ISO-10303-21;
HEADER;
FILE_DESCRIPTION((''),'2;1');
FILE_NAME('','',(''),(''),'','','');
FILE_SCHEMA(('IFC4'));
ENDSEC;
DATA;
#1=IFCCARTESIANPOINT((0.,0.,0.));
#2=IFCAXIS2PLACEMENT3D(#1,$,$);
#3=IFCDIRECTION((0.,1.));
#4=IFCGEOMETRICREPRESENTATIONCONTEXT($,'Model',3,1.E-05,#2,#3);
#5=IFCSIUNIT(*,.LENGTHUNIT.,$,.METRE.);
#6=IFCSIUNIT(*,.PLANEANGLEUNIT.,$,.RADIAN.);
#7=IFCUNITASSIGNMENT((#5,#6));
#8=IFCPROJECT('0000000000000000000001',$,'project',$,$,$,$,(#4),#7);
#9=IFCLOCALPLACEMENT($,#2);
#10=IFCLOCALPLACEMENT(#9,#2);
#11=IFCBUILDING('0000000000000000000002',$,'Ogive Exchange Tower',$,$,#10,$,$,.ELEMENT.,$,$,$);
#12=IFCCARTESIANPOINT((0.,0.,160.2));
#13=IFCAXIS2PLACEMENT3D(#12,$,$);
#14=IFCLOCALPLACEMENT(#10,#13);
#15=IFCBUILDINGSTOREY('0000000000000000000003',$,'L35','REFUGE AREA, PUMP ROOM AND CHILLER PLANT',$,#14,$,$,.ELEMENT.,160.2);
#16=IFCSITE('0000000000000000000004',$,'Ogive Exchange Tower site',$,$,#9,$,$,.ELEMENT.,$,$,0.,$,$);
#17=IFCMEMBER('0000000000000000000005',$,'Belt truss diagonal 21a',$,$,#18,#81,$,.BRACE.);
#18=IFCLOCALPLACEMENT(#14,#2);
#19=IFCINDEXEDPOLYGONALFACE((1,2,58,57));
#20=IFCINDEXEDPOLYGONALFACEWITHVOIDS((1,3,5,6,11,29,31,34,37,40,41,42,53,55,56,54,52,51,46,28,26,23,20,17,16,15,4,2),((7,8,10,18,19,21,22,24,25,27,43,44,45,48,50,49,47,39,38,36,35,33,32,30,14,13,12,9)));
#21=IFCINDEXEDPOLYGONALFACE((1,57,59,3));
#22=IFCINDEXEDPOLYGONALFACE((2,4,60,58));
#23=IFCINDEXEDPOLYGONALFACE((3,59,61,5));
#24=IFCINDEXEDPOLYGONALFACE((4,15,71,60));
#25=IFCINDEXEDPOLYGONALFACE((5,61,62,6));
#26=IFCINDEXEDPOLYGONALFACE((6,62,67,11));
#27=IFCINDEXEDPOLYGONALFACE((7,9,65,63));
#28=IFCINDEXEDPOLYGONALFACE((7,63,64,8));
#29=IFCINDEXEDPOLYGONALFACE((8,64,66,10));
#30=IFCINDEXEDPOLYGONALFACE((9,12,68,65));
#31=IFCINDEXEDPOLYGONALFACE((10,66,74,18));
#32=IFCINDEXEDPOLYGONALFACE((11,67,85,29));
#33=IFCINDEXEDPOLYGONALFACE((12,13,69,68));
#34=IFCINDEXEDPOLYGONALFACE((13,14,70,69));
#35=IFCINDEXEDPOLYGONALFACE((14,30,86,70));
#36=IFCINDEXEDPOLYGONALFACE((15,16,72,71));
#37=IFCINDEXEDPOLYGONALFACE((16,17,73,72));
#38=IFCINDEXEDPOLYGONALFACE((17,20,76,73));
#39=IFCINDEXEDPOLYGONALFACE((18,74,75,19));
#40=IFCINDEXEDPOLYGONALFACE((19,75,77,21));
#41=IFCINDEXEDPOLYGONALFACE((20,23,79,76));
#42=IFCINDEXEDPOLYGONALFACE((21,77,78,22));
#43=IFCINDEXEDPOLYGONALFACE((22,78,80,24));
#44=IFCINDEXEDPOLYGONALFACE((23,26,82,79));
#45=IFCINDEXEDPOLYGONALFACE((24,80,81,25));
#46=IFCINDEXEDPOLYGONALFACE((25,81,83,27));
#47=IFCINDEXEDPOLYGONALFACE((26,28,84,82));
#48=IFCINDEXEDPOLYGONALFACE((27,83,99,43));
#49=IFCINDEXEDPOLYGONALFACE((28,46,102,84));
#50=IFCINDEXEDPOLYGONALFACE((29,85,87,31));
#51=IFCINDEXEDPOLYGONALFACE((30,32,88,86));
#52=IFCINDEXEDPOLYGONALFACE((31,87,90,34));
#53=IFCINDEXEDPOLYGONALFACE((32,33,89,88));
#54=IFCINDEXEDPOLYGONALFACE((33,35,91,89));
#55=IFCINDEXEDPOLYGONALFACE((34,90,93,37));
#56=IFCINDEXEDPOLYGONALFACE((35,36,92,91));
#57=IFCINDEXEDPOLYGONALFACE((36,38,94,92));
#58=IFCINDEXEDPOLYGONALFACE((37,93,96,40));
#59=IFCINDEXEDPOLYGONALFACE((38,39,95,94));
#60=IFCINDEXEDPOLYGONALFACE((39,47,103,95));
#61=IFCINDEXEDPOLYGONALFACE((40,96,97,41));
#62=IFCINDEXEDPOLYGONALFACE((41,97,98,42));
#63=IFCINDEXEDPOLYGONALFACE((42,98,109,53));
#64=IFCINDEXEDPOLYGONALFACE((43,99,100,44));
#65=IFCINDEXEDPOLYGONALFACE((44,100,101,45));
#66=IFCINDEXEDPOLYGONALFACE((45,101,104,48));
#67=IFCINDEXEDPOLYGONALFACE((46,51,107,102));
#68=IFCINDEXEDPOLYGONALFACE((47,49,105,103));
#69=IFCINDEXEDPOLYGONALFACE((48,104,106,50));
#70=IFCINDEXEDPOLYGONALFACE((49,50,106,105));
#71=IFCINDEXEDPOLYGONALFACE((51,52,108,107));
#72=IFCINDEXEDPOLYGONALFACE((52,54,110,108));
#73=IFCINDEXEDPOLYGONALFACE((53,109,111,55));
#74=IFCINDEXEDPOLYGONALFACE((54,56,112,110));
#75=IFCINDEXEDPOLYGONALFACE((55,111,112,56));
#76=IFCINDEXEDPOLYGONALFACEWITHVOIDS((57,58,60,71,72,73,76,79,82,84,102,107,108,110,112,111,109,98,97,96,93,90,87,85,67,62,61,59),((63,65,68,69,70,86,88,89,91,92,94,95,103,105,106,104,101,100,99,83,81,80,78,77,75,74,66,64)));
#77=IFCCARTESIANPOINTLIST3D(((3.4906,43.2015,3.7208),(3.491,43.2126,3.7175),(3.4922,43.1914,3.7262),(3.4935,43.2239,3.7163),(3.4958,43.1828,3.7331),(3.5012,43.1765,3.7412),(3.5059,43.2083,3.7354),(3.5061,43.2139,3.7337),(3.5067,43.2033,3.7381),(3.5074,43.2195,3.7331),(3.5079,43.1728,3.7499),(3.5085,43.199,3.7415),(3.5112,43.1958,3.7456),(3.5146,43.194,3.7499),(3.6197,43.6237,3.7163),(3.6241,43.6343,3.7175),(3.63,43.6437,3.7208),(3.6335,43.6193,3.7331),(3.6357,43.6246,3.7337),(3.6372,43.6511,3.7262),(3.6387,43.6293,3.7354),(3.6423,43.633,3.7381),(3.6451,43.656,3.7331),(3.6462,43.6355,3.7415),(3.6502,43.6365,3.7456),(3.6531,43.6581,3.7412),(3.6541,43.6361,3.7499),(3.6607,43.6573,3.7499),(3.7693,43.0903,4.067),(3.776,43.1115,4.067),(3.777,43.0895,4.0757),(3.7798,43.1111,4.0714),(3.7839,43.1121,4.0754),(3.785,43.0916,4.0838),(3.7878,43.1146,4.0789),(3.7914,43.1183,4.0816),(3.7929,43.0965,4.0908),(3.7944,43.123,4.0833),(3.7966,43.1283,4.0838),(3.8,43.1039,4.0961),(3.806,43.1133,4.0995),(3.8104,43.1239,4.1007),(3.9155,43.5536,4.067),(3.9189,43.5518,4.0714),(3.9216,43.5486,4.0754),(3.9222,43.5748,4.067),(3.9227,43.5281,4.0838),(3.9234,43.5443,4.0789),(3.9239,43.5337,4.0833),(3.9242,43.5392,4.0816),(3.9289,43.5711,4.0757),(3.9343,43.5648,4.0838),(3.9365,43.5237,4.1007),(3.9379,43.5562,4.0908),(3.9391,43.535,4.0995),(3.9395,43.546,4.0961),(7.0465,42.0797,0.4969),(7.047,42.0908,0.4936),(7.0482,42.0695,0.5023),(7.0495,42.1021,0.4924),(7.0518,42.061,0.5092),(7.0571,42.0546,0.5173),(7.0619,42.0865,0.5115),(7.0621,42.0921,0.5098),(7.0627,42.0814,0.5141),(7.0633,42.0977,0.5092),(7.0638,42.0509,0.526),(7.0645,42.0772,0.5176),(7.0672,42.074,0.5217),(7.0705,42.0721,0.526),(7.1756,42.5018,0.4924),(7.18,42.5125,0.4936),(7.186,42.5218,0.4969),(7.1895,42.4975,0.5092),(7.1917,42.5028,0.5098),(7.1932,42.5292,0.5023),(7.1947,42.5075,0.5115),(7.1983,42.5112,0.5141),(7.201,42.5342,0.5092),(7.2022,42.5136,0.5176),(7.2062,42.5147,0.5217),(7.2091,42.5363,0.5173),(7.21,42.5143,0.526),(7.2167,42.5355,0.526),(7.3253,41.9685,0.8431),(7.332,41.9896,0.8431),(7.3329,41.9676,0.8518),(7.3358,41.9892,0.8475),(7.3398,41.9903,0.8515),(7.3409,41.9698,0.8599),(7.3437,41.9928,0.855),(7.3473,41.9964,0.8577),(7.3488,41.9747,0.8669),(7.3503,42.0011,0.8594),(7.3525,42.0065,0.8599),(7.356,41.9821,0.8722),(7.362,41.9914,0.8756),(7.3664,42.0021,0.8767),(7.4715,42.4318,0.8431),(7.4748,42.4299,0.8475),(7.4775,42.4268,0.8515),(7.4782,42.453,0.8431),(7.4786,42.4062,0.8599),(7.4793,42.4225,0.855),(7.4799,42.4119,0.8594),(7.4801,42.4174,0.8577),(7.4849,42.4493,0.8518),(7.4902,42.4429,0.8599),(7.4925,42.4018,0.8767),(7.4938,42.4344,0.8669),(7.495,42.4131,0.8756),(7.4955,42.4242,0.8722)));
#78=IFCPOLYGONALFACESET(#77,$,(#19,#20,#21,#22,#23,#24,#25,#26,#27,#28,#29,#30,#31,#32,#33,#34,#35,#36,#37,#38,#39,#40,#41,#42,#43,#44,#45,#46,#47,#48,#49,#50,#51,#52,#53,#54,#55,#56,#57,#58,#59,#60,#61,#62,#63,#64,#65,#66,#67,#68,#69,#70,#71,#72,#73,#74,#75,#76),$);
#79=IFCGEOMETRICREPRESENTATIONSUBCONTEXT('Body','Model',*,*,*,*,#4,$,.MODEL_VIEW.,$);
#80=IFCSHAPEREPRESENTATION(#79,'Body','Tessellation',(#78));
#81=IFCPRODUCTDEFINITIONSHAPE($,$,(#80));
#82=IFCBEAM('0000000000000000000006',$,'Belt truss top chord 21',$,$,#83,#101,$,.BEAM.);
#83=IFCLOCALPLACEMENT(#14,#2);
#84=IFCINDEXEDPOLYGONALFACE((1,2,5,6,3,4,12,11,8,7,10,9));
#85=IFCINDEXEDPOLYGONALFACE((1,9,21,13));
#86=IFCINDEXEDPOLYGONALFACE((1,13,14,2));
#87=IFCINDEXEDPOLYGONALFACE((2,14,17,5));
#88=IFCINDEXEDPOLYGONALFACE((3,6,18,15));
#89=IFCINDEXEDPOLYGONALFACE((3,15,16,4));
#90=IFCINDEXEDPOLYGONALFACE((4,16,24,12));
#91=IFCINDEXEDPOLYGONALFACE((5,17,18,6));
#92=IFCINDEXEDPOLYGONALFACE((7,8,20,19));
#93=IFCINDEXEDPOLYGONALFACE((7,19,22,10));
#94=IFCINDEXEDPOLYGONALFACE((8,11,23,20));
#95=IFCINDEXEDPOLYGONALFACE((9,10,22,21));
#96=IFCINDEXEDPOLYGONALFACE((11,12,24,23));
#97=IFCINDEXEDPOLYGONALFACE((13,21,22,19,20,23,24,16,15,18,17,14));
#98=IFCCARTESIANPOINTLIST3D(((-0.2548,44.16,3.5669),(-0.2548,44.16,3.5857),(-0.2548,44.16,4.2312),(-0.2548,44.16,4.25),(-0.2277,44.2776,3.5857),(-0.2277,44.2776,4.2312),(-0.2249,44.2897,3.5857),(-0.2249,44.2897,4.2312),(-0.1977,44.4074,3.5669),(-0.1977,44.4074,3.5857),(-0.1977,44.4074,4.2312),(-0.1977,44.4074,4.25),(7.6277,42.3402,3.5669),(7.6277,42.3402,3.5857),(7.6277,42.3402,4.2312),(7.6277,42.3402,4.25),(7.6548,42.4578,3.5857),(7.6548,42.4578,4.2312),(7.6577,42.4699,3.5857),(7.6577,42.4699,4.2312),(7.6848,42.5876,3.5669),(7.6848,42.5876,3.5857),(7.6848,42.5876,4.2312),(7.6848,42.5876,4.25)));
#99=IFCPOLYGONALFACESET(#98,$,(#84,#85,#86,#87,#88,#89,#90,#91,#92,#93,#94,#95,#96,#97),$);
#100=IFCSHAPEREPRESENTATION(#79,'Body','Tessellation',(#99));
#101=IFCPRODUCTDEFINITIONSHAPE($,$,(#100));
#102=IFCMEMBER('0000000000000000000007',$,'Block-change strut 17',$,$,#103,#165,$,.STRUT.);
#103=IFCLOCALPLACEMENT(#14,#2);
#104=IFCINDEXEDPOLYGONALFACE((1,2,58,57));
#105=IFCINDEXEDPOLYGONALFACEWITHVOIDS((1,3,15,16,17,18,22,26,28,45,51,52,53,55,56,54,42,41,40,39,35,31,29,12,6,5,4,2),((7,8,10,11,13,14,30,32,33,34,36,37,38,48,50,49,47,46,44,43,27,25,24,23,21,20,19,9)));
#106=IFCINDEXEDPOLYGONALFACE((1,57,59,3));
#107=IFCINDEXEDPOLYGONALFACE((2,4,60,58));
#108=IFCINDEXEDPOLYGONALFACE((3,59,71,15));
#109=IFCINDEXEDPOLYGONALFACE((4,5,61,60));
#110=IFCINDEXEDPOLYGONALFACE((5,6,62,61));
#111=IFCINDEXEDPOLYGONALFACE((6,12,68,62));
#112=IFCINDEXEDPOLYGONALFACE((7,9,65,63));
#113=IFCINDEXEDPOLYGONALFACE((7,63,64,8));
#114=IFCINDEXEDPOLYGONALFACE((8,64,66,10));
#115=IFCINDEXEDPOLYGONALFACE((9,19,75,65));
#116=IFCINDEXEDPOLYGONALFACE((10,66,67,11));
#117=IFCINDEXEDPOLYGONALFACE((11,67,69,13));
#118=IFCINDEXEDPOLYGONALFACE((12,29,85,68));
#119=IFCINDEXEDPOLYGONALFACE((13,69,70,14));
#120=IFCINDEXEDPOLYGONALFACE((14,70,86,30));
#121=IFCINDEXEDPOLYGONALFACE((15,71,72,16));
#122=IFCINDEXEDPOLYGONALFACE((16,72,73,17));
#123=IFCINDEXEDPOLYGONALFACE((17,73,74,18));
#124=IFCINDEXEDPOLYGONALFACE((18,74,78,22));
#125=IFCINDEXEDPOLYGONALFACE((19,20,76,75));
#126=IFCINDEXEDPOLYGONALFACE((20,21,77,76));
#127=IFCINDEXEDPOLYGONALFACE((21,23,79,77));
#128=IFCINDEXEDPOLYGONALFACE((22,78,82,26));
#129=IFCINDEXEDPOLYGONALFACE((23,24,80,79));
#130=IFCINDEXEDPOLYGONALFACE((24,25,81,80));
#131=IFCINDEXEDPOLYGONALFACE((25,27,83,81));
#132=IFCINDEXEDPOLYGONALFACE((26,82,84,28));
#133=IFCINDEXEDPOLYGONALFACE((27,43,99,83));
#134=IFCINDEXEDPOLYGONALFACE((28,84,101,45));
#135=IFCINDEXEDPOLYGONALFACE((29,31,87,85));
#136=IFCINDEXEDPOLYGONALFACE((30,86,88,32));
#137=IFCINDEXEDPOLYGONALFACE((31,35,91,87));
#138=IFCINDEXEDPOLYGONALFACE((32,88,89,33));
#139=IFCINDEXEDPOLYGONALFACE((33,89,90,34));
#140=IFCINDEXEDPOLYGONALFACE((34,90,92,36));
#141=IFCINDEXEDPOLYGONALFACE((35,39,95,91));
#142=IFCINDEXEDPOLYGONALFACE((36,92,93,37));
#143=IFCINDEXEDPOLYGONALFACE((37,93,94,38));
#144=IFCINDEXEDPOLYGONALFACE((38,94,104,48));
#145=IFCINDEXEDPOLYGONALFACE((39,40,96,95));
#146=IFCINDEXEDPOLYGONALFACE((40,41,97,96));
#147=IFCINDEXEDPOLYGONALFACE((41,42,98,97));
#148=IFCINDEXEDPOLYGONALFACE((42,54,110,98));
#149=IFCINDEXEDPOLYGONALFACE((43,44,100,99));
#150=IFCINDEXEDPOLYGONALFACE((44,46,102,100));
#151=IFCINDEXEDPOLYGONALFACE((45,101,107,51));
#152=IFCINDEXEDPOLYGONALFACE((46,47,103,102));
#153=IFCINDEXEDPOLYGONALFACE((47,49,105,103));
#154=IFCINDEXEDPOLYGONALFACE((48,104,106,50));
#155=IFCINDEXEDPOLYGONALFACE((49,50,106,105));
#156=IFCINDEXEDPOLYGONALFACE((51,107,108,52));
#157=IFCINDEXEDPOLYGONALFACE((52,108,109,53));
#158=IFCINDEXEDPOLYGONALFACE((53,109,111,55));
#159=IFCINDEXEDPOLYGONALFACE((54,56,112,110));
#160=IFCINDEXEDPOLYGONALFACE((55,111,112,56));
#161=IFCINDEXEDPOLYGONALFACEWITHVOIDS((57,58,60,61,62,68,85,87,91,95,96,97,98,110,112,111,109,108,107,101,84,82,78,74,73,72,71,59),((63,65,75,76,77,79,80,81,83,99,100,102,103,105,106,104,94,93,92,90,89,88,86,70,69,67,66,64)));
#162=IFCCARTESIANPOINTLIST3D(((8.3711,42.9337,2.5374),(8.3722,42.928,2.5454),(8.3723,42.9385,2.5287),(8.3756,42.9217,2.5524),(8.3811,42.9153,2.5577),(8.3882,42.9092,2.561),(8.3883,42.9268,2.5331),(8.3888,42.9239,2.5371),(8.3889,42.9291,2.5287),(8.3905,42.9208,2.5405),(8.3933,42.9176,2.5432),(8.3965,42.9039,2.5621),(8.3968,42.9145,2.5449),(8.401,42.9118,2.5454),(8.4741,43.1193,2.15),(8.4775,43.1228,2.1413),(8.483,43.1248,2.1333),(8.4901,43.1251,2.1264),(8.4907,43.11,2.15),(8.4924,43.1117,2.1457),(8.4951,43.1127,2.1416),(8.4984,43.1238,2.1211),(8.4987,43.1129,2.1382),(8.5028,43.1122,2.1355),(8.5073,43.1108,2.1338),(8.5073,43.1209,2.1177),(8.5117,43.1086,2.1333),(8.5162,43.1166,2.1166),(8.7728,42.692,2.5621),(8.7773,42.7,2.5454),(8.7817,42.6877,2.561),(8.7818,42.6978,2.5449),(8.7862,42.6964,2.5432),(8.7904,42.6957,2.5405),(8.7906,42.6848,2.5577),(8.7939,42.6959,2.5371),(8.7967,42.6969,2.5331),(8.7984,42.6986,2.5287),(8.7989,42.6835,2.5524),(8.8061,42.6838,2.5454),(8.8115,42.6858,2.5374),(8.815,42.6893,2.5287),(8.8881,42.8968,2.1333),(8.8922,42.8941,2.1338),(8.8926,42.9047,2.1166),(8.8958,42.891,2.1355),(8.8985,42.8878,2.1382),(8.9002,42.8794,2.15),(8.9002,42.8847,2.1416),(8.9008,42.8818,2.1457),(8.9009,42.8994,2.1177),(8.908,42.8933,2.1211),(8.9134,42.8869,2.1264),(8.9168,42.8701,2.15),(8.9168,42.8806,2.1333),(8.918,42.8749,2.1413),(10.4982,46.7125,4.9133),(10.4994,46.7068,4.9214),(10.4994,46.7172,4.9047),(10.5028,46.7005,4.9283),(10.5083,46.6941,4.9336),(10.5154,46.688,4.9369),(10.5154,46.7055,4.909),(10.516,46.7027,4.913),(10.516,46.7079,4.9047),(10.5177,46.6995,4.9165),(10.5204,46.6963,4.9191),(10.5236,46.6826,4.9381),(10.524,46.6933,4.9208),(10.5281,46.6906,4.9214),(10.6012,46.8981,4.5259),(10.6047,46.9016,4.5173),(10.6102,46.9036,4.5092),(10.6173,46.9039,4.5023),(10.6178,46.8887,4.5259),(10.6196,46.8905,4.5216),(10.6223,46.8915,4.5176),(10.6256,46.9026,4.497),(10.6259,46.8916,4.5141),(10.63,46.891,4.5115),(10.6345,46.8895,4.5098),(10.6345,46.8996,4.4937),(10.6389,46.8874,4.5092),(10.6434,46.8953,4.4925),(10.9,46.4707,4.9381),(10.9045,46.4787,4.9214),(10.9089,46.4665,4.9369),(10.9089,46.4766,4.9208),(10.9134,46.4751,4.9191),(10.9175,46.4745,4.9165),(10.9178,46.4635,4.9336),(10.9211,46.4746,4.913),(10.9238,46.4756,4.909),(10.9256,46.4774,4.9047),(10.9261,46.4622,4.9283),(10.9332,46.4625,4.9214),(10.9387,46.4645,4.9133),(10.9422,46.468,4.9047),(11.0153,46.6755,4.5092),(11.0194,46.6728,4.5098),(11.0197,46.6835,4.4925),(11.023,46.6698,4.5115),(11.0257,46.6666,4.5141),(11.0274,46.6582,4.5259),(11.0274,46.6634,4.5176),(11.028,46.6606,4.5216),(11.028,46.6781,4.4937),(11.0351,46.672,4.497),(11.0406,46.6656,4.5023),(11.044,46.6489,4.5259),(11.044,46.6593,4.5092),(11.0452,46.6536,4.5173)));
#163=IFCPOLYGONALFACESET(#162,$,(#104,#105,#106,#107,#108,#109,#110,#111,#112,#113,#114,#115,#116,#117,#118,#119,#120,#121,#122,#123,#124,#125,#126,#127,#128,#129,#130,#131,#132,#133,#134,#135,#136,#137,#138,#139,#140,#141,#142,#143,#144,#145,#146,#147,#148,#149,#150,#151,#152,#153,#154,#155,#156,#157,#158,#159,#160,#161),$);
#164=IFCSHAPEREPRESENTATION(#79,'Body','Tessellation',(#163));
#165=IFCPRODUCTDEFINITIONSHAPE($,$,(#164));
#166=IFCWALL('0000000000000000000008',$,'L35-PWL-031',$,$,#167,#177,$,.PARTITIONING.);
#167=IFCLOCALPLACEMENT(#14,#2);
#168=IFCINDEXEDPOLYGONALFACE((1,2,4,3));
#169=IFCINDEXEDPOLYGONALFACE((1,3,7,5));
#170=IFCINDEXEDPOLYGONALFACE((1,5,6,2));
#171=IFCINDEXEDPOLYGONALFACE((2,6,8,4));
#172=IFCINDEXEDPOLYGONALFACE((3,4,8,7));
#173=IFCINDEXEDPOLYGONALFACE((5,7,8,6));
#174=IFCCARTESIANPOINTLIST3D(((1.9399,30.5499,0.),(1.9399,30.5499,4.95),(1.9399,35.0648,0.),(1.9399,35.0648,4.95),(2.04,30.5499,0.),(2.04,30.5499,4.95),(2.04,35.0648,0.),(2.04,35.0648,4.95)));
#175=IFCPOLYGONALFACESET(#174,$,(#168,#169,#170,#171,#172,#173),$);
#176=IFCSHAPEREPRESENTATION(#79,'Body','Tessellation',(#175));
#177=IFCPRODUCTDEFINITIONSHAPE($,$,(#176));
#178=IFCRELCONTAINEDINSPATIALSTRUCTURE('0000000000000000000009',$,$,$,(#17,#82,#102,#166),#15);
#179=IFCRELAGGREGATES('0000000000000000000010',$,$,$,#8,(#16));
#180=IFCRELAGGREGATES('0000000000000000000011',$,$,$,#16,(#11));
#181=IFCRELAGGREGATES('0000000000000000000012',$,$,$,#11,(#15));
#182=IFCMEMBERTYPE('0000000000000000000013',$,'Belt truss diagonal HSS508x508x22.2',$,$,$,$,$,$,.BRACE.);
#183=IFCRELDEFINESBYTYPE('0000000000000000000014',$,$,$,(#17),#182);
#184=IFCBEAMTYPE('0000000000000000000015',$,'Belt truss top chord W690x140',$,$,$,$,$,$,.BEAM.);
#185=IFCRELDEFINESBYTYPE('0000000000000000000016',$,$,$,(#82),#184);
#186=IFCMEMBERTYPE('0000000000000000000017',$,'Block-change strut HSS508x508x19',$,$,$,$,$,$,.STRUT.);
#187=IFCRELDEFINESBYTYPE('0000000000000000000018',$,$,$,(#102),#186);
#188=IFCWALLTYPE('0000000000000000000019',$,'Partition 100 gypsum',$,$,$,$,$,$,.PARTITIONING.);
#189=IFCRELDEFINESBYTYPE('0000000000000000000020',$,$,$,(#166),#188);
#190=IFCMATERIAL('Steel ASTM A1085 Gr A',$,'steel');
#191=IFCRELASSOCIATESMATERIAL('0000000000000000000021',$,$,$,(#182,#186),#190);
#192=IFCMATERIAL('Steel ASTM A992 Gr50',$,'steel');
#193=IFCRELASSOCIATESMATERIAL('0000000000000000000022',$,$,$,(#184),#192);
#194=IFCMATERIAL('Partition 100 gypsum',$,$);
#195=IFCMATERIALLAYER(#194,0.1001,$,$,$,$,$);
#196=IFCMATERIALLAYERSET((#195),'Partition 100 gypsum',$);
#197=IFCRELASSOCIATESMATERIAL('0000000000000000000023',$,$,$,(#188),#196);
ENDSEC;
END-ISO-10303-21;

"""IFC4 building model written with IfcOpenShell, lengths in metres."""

from ifc_helpers import new_model, si_unit, direction, frame, frame_2d, origin, origin_2d, place, context, subcontext, project, spatial, rectangle, hollow_rectangle, i_section, extrude, material, layer, layer_set, material_profile, profile_set, type_object, element, save


model = new_model("IFC4")

# Units and contexts
model_context = context("Model", 3, precision=1e-05, world=origin(), true_north=direction((0.0, 1.0)))
body_context = subcontext(model_context, "Body", "Model", "MODEL_VIEW")
ifc_project = project(units=[si_unit("LENGTHUNIT", "METRE"), si_unit("PLANEANGLEUNIT", "RADIAN")], contexts=[model_context])

# Site, building, storey
site_placement = place(None, origin())
site = spatial("IfcSite", under=ifc_project, at=site_placement, Name="Ogive Exchange Tower site", CompositionType="ELEMENT", RefElevation=0.0)
building_placement = place(site_placement, origin())
building = spatial("IfcBuilding", under=site, at=building_placement, Name="Ogive Exchange Tower", CompositionType="ELEMENT")
storey_placement = place(building_placement, frame((0.0, 0.0, 160.2)))
storey = spatial("IfcBuildingStorey", under=building, at=storey_placement, Name="L35", Description="REFUGE AREA, PUMP ROOM AND CHILLER PLANT", CompositionType="ELEMENT", Elevation=160.2)

# Shared definitions
ifc_material_1 = material(Name="Steel ASTM A992 Gr50", Category="steel")

# Member
ifc_material_2 = material(Name="Steel ASTM A1085 Gr A", Category="steel")
ifc_material_profile_1 = material_profile(ifc_material_2, hollow_rectangle(XDim=0.5081, YDim=0.5081, WallThickness=0.0222, InnerFilletRadius=0.0222, OuterFilletRadius=0.0444, at=origin_2d()), Name="HSS508x508x22.2")
ifc_profile_set_1 = profile_set([ifc_material_profile_1], Name="Steel ASTM A1085 Gr A")
member_type_1 = type_object("IfcMemberType", Name="Belt truss diagonal HSS508x508x22.2", PredefinedType="BRACE", material=ifc_profile_set_1)
for number, where, z_axis, x_axis, name in (
    (1, (7.271, 42.252, 0.6846), (-0.721406, 0.227591, 0.654045), (-0.300865, -0.953667, 0.0), "Belt truss diagonal 21a"),
):
    element("IfcMember", number, at=place(storey_placement, frame(where, z_axis=z_axis, x_axis=x_axis)), inside=storey, type_object=member_type_1, Name=name, PredefinedType="BRACE", context=body_context, shape_type="SweptSolid", body=[
        extrude(hollow_rectangle(XDim=0.5081, YDim=0.5081, WallThickness=0.0222, InnerFilletRadius=0.0222, OuterFilletRadius=0.0444, at=origin_2d()), origin(), (0.0, 0.0, 1.0), 4.9292),
    ])

# Beam
ifc_material_profile_2 = material_profile(ifc_material_1, i_section(OverallWidth=0.2539, OverallDepth=0.6831, WebThickness=0.0125, FlangeThickness=0.0188, at=origin_2d()), Name="W690x140")
ifc_profile_set_2 = profile_set([ifc_material_profile_2], Name="Steel ASTM A992 Gr50")
beam_type_1 = type_object("IfcBeamType", Name="Belt truss top chord W690x140", PredefinedType="BEAM", material=ifc_profile_set_2)
beam_1_placement = place(storey_placement, frame((7.6562, 42.4639, 3.9084), z_axis=(-0.97437, 0.22495, 0.0), x_axis=(-0.22495, -0.97437, 0.0)))
element("IfcBeam", 2, at=beam_1_placement, inside=storey, type_object=beam_type_1, Name="Belt truss top chord 21", PredefinedType="BEAM", context=body_context, shape_type="SweptSolid", body=[
    extrude(i_section(OverallWidth=0.2539, OverallDepth=0.6831, WebThickness=0.0125, FlangeThickness=0.0188, at=origin_2d()), origin(), (0.0, 0.0, 1.0), 8.0898),
])

# Member
ifc_material_profile_3 = material_profile(ifc_material_2, hollow_rectangle(XDim=0.5081, YDim=0.5081, WallThickness=0.019, InnerFilletRadius=0.019, OuterFilletRadius=0.0381, at=origin_2d()), Name="HSS508x508x19")
ifc_profile_set_3 = profile_set([ifc_material_profile_3], Name="Steel ASTM A1085 Gr A")
member_type_2 = type_object("IfcMemberType", Name="Block-change strut HSS508x508x19", PredefinedType="STRUT", material=ifc_profile_set_3)
member_placement = place(storey_placement, frame((8.6445, 42.9043, 2.3394), z_axis=(0.430201, 0.764221, 0.480514), x_axis=(-0.871416, 0.490545, 0.0)))
element("IfcMember", 3, at=member_placement, inside=storey, type_object=member_type_2, Name="Block-change strut 17", PredefinedType="STRUT", context=body_context, shape_type="SweptSolid", body=[
    extrude(hollow_rectangle(XDim=0.5081, YDim=0.5081, WallThickness=0.019, InnerFilletRadius=0.019, OuterFilletRadius=0.0381, at=origin_2d()), origin(), (0.0, 0.0, 1.0), 4.9446),
])

# Wall
ifc_material_3 = material(Name="Partition 100 gypsum")
ifc_layer = layer(ifc_material_3, 0.1001)
ifc_layer_set = layer_set([ifc_layer], Name="Partition 100 gypsum")
wall_type = type_object("IfcWallType", Name="Partition 100 gypsum", PredefinedType="PARTITIONING", material=ifc_layer_set)
wall_placement = place(storey_placement, frame((1.99, 30.55, 0.0), z_axis=(0.0, 0.0, 1.0), x_axis=(0.0, 1.0, 0.0)))
element("IfcWall", 4, at=wall_placement, inside=storey, type_object=wall_type, Name="L35-PWL-031", PredefinedType="PARTITIONING", context=body_context, shape_type="SweptSolid", body=[
    extrude(rectangle(XDim=4.5149, YDim=0.1001, at=frame_2d((2.2573, 0.0))), origin(), (0.0, 0.0, 1.0), 4.95),
])

save(model, "model.ifc")
